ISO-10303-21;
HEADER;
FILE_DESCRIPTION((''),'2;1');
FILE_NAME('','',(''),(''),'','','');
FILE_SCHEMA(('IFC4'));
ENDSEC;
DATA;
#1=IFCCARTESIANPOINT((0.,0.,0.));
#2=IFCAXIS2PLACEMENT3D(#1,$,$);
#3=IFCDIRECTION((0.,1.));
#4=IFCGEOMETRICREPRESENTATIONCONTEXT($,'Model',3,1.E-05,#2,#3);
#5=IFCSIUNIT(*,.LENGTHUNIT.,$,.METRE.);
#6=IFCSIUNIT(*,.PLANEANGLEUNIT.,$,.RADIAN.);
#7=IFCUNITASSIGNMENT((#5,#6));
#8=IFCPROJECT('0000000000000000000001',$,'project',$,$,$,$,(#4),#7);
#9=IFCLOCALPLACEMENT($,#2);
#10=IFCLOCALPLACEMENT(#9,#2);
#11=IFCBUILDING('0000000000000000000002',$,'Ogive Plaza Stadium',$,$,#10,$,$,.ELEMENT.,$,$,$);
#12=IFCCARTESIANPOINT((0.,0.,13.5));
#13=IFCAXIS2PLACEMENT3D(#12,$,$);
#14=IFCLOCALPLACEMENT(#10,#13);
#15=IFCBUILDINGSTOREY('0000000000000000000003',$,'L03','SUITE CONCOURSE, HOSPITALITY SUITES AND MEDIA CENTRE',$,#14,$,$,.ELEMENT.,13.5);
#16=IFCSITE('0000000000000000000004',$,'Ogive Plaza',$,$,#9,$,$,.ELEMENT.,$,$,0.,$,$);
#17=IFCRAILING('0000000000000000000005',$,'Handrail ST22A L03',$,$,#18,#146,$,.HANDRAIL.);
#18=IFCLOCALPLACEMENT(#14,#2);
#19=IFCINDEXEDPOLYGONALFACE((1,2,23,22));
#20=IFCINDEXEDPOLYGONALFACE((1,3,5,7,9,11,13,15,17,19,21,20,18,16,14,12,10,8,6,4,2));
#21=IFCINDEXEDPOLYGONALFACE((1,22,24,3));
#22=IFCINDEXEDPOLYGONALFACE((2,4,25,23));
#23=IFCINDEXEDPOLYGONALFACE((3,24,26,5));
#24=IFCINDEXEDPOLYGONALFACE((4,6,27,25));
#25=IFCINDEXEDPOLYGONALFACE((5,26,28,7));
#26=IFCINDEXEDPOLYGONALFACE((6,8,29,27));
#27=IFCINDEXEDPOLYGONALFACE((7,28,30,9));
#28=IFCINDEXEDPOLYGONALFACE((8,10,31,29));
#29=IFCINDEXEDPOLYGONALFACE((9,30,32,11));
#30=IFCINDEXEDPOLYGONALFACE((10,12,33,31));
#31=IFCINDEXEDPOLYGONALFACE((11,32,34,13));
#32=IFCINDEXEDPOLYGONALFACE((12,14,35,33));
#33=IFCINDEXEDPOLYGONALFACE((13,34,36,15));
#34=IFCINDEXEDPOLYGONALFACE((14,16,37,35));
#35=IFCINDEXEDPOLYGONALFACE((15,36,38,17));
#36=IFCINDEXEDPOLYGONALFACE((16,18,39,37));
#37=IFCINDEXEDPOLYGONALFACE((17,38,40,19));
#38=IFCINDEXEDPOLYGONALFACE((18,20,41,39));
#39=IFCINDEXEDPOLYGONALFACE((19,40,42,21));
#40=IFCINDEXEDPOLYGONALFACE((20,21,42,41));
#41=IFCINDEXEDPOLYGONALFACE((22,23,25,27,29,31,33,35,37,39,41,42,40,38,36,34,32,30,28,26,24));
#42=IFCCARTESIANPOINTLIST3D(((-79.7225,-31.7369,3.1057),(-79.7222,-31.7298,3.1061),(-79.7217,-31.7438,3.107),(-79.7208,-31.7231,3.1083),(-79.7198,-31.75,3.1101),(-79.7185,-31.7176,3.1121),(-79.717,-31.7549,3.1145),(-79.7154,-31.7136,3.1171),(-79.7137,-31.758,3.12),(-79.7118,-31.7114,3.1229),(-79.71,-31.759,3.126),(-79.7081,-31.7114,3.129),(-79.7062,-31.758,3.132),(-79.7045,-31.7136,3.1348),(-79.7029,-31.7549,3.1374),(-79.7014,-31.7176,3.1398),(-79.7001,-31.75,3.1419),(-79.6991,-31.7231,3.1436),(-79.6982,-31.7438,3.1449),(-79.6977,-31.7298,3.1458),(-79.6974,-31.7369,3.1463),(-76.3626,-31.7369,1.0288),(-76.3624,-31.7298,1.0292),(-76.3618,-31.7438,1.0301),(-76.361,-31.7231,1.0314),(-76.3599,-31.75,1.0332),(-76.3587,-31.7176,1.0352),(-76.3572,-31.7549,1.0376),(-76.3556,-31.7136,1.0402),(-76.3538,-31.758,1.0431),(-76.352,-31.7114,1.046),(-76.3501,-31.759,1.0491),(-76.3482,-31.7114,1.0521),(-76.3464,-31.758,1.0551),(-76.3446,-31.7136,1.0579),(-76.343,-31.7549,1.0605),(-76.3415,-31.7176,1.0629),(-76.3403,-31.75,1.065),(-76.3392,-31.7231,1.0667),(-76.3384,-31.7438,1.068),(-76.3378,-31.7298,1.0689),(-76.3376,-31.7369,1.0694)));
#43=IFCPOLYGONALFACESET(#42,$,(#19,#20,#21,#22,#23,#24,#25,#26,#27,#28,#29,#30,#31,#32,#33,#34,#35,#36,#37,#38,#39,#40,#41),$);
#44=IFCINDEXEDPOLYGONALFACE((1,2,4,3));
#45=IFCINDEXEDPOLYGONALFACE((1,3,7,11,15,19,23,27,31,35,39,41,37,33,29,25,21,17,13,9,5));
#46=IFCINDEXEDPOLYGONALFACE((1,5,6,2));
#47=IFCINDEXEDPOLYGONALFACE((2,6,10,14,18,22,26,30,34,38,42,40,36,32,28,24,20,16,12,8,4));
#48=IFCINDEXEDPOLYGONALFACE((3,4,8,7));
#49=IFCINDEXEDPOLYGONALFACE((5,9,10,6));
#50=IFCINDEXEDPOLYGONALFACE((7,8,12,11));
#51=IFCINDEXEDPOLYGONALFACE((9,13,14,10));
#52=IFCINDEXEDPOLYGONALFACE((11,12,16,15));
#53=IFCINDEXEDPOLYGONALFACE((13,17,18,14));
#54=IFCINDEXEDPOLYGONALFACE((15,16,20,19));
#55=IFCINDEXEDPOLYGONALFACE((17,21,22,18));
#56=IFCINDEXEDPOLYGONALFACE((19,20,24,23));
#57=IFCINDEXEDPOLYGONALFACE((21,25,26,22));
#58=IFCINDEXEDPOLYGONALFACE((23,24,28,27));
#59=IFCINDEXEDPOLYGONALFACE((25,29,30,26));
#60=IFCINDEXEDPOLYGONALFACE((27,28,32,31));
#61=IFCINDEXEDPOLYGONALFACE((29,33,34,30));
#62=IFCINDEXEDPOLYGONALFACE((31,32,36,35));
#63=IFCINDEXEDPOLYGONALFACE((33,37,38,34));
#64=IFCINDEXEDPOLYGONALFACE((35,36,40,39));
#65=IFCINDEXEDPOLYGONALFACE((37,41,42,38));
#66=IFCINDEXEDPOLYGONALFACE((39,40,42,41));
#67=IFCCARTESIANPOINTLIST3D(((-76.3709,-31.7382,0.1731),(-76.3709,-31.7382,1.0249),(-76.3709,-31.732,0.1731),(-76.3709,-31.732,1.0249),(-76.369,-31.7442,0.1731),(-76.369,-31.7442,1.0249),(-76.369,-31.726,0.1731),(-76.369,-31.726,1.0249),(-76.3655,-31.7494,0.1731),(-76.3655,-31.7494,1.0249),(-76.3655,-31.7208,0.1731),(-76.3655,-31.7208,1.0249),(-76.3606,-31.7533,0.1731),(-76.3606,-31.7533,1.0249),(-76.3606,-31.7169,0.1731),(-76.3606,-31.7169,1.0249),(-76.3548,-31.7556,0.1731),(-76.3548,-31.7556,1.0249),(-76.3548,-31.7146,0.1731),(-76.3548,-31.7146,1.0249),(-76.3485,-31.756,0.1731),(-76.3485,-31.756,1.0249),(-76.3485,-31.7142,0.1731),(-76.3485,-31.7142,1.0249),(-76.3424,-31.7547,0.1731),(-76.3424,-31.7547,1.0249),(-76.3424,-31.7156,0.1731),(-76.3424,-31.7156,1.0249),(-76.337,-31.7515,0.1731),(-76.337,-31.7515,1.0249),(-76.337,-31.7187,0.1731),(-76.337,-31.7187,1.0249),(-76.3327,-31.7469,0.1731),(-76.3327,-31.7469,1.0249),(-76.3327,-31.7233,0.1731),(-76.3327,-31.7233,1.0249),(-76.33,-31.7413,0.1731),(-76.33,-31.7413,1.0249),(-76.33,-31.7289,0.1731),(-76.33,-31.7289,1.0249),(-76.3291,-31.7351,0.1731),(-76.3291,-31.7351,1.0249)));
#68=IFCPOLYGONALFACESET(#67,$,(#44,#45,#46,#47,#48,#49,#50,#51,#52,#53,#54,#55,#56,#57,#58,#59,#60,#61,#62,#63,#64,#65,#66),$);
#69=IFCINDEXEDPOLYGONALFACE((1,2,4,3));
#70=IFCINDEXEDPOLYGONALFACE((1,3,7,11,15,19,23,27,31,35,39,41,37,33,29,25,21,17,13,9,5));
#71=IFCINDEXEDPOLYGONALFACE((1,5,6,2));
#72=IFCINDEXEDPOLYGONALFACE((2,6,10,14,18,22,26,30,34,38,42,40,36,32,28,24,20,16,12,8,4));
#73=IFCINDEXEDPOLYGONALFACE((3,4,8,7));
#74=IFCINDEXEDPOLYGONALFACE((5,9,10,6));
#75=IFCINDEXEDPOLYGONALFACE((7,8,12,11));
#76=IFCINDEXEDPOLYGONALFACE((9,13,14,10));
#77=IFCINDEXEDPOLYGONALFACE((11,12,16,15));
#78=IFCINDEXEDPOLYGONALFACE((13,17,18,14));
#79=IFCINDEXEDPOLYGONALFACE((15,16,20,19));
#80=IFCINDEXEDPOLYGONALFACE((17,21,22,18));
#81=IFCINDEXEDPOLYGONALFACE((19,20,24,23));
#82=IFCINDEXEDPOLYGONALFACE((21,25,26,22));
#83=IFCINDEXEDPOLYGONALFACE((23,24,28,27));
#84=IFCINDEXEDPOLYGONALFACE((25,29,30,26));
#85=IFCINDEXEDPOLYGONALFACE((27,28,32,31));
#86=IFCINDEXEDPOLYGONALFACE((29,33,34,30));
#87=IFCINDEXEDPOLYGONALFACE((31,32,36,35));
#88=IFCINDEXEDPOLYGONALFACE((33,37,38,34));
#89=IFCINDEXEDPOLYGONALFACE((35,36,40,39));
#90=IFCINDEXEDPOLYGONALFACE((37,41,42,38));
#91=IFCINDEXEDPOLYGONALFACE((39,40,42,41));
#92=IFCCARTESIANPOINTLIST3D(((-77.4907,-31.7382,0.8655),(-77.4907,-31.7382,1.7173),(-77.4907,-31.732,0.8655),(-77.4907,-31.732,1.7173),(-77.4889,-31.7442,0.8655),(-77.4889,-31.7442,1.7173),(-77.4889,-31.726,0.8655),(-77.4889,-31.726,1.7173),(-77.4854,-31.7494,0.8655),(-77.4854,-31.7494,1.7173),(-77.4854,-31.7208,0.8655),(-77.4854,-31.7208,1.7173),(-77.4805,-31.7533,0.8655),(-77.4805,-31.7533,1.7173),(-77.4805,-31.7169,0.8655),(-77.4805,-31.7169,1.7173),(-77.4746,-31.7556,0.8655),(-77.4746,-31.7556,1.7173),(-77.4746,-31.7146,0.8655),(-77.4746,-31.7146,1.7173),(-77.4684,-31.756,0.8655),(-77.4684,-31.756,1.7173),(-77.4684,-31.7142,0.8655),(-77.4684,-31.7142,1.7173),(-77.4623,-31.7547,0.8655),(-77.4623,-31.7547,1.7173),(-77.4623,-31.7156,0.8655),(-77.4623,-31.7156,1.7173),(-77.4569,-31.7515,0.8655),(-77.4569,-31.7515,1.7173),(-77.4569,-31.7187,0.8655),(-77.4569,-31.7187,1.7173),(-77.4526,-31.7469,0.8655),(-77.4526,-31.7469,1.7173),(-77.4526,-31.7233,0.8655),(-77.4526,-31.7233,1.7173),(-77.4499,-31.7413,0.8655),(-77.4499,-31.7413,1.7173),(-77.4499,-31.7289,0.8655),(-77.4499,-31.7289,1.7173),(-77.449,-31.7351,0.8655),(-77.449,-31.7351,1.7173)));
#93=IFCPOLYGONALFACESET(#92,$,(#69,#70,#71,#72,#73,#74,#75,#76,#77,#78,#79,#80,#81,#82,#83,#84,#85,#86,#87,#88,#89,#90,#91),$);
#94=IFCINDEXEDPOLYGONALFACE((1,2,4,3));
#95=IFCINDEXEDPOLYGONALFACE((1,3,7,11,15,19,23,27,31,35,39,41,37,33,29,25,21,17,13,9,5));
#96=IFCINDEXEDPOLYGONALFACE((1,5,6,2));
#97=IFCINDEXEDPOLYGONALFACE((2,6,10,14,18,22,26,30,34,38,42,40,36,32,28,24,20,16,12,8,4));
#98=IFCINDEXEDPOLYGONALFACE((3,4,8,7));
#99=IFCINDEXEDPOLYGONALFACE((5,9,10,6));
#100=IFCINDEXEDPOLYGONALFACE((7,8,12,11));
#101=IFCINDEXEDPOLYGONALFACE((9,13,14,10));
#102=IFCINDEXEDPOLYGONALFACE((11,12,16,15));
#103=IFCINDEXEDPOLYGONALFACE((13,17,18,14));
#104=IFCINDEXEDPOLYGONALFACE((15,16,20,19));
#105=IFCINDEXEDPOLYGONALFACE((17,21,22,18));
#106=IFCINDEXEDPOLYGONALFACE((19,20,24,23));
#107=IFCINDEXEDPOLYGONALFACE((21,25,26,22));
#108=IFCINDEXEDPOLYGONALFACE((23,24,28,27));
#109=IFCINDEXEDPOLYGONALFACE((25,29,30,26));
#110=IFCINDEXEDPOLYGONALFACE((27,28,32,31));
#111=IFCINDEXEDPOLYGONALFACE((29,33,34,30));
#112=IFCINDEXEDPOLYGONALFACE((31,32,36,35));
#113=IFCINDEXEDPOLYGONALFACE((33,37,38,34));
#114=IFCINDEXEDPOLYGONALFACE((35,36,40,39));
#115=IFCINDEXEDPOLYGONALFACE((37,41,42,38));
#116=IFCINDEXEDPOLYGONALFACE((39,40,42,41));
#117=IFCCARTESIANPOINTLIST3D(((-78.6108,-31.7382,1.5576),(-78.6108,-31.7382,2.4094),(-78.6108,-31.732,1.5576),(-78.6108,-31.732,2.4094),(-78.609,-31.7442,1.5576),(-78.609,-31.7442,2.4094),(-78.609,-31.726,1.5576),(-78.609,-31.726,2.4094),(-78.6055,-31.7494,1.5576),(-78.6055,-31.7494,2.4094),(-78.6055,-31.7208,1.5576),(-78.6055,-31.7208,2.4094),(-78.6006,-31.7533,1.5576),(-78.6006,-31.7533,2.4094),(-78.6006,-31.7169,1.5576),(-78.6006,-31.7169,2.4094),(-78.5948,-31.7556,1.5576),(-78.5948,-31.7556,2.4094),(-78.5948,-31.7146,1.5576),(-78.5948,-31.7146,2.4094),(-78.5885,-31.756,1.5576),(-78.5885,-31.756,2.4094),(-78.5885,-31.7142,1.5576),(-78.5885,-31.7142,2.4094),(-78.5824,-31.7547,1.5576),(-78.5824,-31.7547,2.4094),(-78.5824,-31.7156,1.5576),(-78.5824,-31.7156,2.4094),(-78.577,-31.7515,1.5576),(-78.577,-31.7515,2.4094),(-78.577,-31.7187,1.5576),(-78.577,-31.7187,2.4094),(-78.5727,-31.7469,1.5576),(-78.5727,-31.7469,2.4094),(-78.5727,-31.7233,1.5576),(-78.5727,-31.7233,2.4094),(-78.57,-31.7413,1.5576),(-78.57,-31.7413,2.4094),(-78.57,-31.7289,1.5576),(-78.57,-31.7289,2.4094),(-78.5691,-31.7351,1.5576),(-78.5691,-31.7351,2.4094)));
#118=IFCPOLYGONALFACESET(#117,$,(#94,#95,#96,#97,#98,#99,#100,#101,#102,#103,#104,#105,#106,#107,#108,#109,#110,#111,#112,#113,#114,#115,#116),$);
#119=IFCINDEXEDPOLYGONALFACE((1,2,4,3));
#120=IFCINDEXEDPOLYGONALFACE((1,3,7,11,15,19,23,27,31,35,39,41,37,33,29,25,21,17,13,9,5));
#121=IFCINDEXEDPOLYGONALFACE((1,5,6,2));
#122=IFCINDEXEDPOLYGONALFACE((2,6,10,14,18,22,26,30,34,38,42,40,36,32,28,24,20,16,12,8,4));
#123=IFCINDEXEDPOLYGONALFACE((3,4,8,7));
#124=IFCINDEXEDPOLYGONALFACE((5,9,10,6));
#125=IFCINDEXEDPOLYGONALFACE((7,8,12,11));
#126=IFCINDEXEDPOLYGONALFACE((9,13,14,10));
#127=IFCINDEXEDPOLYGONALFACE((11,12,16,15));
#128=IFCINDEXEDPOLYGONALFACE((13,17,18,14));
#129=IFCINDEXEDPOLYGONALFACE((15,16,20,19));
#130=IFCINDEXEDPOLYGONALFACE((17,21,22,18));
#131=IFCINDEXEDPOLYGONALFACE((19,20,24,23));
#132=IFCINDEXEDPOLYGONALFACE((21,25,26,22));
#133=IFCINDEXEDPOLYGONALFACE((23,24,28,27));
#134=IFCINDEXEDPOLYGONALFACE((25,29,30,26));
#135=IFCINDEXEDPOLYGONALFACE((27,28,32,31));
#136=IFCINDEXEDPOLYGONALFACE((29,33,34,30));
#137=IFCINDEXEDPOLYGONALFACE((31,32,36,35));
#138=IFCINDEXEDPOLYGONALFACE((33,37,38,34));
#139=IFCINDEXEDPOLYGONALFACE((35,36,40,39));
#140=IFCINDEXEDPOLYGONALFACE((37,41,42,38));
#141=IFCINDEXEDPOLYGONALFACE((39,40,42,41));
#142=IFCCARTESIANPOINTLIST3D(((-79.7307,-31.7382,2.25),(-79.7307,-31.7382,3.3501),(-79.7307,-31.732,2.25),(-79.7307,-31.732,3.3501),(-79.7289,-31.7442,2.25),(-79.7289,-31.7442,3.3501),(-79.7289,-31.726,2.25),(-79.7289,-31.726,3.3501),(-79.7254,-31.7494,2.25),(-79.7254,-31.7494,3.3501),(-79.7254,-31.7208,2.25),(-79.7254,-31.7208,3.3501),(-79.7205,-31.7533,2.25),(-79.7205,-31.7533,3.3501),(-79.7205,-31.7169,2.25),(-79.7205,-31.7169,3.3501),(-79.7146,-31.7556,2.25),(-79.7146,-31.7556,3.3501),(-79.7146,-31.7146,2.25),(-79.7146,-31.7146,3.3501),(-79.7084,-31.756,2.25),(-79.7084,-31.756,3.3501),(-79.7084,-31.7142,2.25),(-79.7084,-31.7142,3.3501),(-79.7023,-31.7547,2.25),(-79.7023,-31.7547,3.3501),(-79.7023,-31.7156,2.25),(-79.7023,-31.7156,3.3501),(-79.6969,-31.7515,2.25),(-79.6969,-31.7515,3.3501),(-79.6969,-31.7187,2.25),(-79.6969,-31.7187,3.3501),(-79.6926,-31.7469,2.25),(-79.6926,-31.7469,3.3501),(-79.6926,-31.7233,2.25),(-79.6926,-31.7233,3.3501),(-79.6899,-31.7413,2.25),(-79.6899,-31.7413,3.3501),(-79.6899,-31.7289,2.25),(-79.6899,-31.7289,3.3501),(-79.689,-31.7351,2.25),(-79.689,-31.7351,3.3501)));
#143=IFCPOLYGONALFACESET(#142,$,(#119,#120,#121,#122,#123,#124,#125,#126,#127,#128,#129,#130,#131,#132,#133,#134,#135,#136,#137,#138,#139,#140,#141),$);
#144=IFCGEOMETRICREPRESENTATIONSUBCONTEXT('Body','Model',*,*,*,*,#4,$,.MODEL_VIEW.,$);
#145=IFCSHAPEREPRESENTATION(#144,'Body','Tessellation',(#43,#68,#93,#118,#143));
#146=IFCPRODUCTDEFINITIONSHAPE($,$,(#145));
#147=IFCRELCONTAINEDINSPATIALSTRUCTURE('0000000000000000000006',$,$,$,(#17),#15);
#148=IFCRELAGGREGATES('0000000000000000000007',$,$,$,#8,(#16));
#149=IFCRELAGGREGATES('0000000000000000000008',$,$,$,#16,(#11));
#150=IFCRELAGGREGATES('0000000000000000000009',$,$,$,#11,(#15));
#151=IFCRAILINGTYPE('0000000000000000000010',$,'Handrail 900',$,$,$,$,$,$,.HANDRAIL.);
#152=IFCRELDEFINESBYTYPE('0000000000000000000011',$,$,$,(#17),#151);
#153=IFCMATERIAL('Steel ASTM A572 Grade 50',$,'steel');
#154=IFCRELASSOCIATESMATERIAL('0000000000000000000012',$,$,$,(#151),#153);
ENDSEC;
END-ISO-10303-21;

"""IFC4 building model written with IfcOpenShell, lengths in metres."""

from ifc_helpers import new_model, si_unit, direction, frame, origin, origin_2d, place, context, subcontext, project, spatial, circle, extrude, material, type_object, element, save


model = new_model("IFC4")

# Units and contexts
model_context = context("Model", 3, precision=1e-05, world=origin(), true_north=direction((0.0, 1.0)))
body_context = subcontext(model_context, "Body", "Model", "MODEL_VIEW")
ifc_project = project(units=[si_unit("LENGTHUNIT", "METRE"), si_unit("PLANEANGLEUNIT", "RADIAN")], contexts=[model_context])

# Site, building, storey
site_placement = place(None, origin())
site = spatial("IfcSite", under=ifc_project, at=site_placement, Name="Ogive Plaza", CompositionType="ELEMENT", RefElevation=0.0)
building_placement = place(site_placement, origin())
building = spatial("IfcBuilding", under=site, at=building_placement, Name="Ogive Plaza Stadium", CompositionType="ELEMENT")
storey_placement = place(building_placement, frame((0.0, 0.0, 13.5)))
storey = spatial("IfcBuildingStorey", under=building, at=storey_placement, Name="L03", Description="SUITE CONCOURSE, HOSPITALITY SUITES AND MEDIA CENTRE", CompositionType="ELEMENT", Elevation=13.5)

# Railing
ifc_material_1 = material(Name="Steel ASTM A572 Grade 50", Category="steel")
railing_type_1 = type_object("IfcRailingType", Name="Handrail 900", PredefinedType="HANDRAIL", material=ifc_material_1)
for number, where, name in (
    (1, (-76.3501, -31.7351, 0.1731), "Handrail ST22A L03"),
):
    element("IfcRailing", number, at=place(storey_placement, frame(where)), inside=storey, type_object=railing_type_1, Name=name, PredefinedType="HANDRAIL", context=body_context, shape_type="SweptSolid", body=[
        extrude(circle(Radius=0.0239, at=origin_2d()), frame((0.0, 0.0, 0.876), z_axis=(-0.850606, 0.0, 0.525803), x_axis=(0.0, -1.0, 0.0)), (0.0, 0.0, 1.0), 3.95),
        extrude(circle(Radius=0.021, at=origin_2d()), origin(), (0.0, 0.0, 1.0), 0.8518),
        extrude(circle(Radius=0.021, at=origin_2d()), frame((-1.1199, 0.0, 0.6924)), (0.0, 0.0, 1.0), 0.8518),
        extrude(circle(Radius=0.021, at=origin_2d()), frame((-2.24, 0.0, 1.3845)), (0.0, 0.0, 1.0), 0.8518),
        extrude(circle(Radius=0.021, at=origin_2d()), frame((-3.3599, 0.0, 2.0769)), (0.0, 0.0, 1.0), 1.1001),
    ])

save(model, "model.ifc")
